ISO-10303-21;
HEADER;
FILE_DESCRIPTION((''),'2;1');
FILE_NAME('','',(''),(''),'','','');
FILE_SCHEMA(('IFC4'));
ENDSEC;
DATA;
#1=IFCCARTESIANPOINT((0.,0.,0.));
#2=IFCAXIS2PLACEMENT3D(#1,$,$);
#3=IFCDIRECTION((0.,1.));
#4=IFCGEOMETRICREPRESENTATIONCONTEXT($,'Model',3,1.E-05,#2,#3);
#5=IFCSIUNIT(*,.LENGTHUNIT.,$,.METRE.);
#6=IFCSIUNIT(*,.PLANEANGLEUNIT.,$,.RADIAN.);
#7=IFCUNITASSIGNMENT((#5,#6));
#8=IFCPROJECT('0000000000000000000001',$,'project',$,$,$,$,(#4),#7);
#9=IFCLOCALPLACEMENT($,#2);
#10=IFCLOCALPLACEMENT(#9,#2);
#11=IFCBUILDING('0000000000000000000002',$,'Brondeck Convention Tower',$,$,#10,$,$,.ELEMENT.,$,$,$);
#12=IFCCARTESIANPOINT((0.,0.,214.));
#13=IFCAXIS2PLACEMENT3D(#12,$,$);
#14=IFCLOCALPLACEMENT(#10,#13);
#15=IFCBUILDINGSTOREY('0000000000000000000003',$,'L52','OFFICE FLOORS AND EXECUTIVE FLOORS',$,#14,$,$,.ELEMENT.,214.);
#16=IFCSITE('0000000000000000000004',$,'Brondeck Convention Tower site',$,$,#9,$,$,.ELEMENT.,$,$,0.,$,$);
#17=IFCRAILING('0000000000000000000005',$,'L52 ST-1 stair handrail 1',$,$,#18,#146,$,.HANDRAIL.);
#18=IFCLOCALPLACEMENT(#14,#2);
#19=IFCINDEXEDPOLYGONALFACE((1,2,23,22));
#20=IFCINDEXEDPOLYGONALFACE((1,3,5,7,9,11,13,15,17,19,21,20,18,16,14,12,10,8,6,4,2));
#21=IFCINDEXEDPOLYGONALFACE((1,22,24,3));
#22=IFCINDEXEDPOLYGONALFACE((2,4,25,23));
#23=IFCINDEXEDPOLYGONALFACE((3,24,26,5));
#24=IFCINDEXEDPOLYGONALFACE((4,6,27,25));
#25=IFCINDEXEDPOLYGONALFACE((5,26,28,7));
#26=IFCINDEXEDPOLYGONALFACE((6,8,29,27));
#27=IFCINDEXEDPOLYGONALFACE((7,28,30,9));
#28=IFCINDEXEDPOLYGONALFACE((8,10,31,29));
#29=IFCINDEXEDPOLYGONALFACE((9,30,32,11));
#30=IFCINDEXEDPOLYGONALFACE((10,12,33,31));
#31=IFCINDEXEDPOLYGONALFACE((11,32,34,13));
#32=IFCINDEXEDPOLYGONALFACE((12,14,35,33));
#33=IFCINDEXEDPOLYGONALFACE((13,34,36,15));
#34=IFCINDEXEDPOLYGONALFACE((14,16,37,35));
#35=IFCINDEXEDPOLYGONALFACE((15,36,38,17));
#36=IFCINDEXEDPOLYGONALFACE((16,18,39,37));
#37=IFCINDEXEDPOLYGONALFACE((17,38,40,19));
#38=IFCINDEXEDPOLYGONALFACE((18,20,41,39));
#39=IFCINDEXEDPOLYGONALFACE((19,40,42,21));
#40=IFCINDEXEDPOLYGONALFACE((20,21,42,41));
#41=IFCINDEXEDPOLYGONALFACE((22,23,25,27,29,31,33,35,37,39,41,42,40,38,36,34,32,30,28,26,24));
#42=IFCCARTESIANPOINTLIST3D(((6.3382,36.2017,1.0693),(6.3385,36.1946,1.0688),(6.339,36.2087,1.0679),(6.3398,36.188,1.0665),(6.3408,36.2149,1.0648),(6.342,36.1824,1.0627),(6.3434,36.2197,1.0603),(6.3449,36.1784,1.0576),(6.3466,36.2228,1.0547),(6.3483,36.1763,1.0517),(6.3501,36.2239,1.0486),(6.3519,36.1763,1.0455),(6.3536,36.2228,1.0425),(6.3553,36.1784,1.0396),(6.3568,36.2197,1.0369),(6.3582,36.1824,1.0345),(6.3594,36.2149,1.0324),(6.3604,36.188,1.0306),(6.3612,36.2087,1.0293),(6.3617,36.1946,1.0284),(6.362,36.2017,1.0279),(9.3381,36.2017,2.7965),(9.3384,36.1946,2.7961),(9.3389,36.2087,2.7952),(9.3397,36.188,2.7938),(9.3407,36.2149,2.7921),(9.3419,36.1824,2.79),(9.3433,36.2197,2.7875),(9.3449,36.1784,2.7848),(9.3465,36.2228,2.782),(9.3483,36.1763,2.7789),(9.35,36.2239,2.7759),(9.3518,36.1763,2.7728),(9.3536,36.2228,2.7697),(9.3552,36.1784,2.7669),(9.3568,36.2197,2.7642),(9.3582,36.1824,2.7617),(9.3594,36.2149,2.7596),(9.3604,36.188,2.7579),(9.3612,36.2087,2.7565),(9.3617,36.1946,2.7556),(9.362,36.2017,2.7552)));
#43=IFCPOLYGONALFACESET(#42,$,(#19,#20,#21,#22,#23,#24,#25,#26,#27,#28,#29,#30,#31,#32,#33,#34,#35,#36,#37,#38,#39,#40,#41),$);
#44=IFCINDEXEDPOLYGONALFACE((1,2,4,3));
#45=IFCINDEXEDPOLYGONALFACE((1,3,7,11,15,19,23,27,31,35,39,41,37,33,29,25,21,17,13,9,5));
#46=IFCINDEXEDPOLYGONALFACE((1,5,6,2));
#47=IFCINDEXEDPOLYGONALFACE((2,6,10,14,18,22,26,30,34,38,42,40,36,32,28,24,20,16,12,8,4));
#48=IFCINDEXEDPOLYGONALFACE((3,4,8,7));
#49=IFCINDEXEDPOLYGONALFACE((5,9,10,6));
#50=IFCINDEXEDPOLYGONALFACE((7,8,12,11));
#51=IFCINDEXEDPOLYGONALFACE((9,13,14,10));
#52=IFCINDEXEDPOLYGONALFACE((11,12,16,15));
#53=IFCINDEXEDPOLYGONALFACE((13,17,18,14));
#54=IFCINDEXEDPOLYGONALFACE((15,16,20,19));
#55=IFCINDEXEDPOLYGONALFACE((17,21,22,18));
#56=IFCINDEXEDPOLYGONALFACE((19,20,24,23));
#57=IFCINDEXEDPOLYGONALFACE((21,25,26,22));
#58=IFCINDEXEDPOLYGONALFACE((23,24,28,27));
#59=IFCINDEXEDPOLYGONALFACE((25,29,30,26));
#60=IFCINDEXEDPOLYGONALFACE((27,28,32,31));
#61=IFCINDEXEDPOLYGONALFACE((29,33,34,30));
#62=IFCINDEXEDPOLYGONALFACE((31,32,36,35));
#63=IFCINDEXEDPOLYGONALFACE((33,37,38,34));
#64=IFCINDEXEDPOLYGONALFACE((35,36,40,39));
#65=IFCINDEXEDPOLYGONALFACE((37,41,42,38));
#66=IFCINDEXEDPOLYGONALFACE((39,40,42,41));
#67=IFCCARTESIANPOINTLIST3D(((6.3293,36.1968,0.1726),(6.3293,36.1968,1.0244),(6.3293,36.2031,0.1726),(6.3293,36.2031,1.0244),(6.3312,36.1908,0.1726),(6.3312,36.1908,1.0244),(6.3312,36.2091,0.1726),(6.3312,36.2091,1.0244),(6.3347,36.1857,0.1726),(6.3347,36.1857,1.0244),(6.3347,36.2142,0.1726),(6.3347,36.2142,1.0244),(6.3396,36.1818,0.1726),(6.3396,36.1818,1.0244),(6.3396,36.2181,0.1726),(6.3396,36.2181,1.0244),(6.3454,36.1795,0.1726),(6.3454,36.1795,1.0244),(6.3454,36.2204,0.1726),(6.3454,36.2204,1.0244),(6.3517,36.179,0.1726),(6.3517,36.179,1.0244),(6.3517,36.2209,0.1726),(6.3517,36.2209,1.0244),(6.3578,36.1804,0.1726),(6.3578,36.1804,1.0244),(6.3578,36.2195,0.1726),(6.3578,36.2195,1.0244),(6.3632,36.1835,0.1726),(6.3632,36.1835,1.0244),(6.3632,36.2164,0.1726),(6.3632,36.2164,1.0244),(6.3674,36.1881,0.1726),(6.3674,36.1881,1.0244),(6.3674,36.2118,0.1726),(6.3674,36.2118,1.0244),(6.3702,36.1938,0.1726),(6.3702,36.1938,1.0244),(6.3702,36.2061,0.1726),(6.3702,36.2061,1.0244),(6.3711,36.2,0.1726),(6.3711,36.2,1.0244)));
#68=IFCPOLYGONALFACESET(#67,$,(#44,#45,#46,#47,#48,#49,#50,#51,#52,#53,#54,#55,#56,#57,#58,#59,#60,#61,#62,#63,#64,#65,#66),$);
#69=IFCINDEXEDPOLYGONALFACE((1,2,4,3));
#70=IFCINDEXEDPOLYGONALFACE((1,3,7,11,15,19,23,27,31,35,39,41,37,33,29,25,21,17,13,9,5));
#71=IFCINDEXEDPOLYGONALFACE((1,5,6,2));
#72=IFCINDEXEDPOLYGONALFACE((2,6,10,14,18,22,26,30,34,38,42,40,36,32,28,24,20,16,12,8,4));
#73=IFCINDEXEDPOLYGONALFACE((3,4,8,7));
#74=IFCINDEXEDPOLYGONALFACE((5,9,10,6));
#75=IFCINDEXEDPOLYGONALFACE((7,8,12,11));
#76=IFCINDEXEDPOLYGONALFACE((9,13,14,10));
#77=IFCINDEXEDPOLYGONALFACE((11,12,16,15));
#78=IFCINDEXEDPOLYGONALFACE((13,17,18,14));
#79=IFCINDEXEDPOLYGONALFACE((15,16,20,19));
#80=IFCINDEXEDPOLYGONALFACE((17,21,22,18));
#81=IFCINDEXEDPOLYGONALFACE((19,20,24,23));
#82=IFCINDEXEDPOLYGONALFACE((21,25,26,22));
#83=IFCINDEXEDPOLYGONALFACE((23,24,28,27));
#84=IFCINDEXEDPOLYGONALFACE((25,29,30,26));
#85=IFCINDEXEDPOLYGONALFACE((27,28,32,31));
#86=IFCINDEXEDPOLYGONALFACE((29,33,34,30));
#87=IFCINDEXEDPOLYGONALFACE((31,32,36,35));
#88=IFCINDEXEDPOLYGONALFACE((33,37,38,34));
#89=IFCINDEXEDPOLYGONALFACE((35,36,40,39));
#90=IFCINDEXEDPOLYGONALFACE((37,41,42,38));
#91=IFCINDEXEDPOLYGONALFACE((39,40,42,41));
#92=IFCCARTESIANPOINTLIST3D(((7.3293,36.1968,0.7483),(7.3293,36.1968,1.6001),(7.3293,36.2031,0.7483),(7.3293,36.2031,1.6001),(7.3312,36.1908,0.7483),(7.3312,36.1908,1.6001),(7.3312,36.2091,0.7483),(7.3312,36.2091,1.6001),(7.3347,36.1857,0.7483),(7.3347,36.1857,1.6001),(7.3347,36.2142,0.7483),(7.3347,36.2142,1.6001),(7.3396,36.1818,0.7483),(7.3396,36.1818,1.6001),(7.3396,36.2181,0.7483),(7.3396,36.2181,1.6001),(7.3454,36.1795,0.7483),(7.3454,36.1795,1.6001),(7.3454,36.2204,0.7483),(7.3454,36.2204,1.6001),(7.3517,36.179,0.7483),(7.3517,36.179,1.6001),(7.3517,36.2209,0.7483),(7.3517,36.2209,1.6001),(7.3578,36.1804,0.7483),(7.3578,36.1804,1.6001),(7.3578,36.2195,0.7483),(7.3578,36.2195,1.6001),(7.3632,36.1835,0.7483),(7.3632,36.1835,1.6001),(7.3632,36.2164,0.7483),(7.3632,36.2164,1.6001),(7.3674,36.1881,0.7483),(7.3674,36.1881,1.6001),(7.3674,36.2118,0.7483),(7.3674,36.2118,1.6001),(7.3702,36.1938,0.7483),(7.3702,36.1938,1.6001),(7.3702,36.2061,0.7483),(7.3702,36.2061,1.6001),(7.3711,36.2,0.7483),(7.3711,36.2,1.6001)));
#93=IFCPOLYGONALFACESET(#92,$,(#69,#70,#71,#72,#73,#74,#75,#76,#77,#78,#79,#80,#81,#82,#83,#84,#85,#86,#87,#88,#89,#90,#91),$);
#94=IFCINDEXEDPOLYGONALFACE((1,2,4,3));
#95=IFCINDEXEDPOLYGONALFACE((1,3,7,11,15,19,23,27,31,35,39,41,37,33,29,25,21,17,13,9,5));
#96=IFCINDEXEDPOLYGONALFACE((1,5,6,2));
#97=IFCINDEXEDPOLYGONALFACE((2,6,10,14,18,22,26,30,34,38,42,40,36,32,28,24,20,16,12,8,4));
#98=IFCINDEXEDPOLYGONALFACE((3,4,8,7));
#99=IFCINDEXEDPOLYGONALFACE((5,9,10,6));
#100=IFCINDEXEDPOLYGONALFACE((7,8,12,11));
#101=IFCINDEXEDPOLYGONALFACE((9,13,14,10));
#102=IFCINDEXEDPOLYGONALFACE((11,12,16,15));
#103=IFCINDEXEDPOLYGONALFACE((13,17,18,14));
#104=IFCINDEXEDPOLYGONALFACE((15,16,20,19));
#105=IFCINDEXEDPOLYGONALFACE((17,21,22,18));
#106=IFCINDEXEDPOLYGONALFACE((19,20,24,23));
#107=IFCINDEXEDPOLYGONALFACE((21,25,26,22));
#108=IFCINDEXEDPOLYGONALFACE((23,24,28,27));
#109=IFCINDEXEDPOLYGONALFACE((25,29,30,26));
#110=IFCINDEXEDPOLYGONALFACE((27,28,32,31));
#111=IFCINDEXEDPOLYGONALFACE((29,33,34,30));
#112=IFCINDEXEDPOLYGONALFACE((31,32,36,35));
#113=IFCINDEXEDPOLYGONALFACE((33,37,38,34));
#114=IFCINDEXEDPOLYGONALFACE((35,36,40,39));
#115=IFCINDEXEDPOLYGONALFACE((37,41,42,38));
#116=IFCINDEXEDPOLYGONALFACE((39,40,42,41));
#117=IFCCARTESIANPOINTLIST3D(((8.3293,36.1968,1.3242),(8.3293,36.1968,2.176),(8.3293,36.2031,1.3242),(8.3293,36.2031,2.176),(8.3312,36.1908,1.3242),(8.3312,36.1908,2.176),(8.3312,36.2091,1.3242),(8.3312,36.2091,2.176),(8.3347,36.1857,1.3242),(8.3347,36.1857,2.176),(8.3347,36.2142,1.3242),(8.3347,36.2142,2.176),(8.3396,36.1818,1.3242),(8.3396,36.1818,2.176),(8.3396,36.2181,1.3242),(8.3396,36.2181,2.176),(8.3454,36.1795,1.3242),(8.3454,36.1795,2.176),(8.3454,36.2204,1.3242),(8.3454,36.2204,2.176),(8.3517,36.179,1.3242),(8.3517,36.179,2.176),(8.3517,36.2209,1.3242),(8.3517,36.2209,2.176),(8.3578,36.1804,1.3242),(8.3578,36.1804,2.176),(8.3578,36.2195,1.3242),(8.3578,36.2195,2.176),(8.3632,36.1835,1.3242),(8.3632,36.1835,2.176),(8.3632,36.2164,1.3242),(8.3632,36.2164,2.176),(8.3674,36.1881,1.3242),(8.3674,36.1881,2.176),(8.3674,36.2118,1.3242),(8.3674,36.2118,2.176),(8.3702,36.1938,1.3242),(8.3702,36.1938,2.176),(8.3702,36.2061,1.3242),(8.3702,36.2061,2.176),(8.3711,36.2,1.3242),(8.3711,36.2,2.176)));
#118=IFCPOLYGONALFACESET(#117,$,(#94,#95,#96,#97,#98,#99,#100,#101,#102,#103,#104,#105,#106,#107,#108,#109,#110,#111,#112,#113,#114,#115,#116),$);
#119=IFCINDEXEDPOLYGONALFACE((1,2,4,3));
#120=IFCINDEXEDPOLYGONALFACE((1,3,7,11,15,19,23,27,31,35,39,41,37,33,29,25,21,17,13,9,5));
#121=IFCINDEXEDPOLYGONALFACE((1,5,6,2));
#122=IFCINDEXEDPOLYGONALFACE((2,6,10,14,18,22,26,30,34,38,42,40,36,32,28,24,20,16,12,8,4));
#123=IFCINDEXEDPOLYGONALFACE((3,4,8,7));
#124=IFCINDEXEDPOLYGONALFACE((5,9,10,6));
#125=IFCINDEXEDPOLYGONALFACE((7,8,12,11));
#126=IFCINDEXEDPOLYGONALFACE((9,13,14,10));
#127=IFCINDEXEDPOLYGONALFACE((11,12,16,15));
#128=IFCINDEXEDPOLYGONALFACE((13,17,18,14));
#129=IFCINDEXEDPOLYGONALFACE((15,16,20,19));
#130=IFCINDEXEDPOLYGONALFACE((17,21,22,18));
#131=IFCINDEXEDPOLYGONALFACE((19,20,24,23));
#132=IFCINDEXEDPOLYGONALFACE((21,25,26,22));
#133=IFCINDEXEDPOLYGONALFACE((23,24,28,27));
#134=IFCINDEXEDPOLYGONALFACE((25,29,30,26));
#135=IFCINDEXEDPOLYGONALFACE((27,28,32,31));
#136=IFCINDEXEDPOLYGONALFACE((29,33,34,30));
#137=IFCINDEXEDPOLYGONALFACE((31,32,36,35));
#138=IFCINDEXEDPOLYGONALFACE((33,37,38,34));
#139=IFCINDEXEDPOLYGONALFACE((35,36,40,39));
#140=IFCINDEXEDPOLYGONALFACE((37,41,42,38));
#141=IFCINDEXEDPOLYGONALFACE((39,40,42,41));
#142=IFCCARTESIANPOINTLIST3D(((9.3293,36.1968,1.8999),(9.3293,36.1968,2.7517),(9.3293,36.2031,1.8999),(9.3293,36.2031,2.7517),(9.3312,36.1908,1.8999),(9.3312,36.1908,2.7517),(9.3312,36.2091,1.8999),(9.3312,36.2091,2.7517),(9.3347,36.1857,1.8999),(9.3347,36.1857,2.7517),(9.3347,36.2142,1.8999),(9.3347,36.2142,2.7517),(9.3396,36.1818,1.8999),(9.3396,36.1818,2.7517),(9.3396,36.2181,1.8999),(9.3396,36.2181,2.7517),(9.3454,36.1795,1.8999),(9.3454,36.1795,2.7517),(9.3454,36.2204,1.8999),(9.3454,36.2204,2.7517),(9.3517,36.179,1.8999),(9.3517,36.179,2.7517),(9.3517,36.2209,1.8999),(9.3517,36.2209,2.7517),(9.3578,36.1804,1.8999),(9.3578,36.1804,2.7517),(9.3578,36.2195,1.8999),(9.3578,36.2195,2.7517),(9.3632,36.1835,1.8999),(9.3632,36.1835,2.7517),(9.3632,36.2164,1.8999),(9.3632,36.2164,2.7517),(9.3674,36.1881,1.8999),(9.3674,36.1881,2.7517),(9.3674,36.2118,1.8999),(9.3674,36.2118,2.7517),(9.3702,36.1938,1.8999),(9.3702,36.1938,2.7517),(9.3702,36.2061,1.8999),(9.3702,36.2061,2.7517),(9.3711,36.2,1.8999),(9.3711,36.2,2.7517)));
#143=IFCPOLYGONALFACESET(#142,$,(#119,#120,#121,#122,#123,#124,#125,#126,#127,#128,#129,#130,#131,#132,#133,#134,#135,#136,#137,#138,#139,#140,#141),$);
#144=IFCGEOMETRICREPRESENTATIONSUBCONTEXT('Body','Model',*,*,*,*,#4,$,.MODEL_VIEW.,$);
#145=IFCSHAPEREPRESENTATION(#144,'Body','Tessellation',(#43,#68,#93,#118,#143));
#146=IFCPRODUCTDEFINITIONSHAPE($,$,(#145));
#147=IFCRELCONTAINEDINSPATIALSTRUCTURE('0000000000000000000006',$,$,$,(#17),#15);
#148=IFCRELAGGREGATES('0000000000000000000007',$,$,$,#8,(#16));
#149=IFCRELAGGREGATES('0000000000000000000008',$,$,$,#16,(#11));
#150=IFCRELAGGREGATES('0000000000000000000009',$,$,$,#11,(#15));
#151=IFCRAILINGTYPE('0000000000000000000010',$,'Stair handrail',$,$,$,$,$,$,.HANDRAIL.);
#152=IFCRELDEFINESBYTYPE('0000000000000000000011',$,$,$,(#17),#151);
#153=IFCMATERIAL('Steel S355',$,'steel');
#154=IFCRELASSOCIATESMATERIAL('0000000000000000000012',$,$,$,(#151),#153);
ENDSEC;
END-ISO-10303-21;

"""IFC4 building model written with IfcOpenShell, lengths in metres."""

from ifc_helpers import new_model, si_unit, direction, frame, origin, origin_2d, place, context, subcontext, project, spatial, circle, extrude, material, type_object, element, save


model = new_model("IFC4")

# Units and contexts
model_context = context("Model", 3, precision=1e-05, world=origin(), true_north=direction((0.0, 1.0)))
body_context = subcontext(model_context, "Body", "Model", "MODEL_VIEW")
ifc_project = project(units=[si_unit("LENGTHUNIT", "METRE"), si_unit("PLANEANGLEUNIT", "RADIAN")], contexts=[model_context])

# Site, building, storey
site_placement = place(None, origin())
site = spatial("IfcSite", under=ifc_project, at=site_placement, Name="Brondeck Convention Tower site", CompositionType="ELEMENT", RefElevation=0.0)
building_placement = place(site_placement, origin())
building = spatial("IfcBuilding", under=site, at=building_placement, Name="Brondeck Convention Tower", CompositionType="ELEMENT")
storey_placement = place(building_placement, frame((0.0, 0.0, 214.0)))
storey = spatial("IfcBuildingStorey", under=building, at=storey_placement, Name="L52", Description="OFFICE FLOORS AND EXECUTIVE FLOORS", CompositionType="ELEMENT", Elevation=214.0)

# Railing
ifc_material_1 = material(Name="Steel S355", Category="steel")
railing_type_1 = type_object("IfcRailingType", Name="Stair handrail", PredefinedType="HANDRAIL", material=ifc_material_1)
railing_1_placement = place(storey_placement, frame((6.3501, 36.2, 0.1726)))
element("IfcRailing", 1, at=railing_1_placement, inside=storey, type_object=railing_type_1, Name="L52 ST-1 stair handrail 1", PredefinedType="HANDRAIL", context=body_context, shape_type="SweptSolid", body=[
    extrude(circle(Radius=0.0239, at=origin_2d()), frame((0.0, 0.0, 0.876), z_axis=(0.86662, 0.0, 0.498969), x_axis=(0.0, 1.0, 0.0)), (0.0, 0.0, 1.0), 3.4617),
    extrude(circle(Radius=0.021, at=origin_2d()), origin(), (0.0, 0.0, 1.0), 0.8518),
    extrude(circle(Radius=0.021, at=origin_2d()), frame((1.0, 0.0, 0.5757)), (0.0, 0.0, 1.0), 0.8518),
    extrude(circle(Radius=0.021, at=origin_2d()), frame((2.0, 0.0, 1.1516)), (0.0, 0.0, 1.0), 0.8518),
    extrude(circle(Radius=0.021, at=origin_2d()), frame((3.0, 0.0, 1.7273)), (0.0, 0.0, 1.0), 0.8518),
])

save(model, "model.ifc")
